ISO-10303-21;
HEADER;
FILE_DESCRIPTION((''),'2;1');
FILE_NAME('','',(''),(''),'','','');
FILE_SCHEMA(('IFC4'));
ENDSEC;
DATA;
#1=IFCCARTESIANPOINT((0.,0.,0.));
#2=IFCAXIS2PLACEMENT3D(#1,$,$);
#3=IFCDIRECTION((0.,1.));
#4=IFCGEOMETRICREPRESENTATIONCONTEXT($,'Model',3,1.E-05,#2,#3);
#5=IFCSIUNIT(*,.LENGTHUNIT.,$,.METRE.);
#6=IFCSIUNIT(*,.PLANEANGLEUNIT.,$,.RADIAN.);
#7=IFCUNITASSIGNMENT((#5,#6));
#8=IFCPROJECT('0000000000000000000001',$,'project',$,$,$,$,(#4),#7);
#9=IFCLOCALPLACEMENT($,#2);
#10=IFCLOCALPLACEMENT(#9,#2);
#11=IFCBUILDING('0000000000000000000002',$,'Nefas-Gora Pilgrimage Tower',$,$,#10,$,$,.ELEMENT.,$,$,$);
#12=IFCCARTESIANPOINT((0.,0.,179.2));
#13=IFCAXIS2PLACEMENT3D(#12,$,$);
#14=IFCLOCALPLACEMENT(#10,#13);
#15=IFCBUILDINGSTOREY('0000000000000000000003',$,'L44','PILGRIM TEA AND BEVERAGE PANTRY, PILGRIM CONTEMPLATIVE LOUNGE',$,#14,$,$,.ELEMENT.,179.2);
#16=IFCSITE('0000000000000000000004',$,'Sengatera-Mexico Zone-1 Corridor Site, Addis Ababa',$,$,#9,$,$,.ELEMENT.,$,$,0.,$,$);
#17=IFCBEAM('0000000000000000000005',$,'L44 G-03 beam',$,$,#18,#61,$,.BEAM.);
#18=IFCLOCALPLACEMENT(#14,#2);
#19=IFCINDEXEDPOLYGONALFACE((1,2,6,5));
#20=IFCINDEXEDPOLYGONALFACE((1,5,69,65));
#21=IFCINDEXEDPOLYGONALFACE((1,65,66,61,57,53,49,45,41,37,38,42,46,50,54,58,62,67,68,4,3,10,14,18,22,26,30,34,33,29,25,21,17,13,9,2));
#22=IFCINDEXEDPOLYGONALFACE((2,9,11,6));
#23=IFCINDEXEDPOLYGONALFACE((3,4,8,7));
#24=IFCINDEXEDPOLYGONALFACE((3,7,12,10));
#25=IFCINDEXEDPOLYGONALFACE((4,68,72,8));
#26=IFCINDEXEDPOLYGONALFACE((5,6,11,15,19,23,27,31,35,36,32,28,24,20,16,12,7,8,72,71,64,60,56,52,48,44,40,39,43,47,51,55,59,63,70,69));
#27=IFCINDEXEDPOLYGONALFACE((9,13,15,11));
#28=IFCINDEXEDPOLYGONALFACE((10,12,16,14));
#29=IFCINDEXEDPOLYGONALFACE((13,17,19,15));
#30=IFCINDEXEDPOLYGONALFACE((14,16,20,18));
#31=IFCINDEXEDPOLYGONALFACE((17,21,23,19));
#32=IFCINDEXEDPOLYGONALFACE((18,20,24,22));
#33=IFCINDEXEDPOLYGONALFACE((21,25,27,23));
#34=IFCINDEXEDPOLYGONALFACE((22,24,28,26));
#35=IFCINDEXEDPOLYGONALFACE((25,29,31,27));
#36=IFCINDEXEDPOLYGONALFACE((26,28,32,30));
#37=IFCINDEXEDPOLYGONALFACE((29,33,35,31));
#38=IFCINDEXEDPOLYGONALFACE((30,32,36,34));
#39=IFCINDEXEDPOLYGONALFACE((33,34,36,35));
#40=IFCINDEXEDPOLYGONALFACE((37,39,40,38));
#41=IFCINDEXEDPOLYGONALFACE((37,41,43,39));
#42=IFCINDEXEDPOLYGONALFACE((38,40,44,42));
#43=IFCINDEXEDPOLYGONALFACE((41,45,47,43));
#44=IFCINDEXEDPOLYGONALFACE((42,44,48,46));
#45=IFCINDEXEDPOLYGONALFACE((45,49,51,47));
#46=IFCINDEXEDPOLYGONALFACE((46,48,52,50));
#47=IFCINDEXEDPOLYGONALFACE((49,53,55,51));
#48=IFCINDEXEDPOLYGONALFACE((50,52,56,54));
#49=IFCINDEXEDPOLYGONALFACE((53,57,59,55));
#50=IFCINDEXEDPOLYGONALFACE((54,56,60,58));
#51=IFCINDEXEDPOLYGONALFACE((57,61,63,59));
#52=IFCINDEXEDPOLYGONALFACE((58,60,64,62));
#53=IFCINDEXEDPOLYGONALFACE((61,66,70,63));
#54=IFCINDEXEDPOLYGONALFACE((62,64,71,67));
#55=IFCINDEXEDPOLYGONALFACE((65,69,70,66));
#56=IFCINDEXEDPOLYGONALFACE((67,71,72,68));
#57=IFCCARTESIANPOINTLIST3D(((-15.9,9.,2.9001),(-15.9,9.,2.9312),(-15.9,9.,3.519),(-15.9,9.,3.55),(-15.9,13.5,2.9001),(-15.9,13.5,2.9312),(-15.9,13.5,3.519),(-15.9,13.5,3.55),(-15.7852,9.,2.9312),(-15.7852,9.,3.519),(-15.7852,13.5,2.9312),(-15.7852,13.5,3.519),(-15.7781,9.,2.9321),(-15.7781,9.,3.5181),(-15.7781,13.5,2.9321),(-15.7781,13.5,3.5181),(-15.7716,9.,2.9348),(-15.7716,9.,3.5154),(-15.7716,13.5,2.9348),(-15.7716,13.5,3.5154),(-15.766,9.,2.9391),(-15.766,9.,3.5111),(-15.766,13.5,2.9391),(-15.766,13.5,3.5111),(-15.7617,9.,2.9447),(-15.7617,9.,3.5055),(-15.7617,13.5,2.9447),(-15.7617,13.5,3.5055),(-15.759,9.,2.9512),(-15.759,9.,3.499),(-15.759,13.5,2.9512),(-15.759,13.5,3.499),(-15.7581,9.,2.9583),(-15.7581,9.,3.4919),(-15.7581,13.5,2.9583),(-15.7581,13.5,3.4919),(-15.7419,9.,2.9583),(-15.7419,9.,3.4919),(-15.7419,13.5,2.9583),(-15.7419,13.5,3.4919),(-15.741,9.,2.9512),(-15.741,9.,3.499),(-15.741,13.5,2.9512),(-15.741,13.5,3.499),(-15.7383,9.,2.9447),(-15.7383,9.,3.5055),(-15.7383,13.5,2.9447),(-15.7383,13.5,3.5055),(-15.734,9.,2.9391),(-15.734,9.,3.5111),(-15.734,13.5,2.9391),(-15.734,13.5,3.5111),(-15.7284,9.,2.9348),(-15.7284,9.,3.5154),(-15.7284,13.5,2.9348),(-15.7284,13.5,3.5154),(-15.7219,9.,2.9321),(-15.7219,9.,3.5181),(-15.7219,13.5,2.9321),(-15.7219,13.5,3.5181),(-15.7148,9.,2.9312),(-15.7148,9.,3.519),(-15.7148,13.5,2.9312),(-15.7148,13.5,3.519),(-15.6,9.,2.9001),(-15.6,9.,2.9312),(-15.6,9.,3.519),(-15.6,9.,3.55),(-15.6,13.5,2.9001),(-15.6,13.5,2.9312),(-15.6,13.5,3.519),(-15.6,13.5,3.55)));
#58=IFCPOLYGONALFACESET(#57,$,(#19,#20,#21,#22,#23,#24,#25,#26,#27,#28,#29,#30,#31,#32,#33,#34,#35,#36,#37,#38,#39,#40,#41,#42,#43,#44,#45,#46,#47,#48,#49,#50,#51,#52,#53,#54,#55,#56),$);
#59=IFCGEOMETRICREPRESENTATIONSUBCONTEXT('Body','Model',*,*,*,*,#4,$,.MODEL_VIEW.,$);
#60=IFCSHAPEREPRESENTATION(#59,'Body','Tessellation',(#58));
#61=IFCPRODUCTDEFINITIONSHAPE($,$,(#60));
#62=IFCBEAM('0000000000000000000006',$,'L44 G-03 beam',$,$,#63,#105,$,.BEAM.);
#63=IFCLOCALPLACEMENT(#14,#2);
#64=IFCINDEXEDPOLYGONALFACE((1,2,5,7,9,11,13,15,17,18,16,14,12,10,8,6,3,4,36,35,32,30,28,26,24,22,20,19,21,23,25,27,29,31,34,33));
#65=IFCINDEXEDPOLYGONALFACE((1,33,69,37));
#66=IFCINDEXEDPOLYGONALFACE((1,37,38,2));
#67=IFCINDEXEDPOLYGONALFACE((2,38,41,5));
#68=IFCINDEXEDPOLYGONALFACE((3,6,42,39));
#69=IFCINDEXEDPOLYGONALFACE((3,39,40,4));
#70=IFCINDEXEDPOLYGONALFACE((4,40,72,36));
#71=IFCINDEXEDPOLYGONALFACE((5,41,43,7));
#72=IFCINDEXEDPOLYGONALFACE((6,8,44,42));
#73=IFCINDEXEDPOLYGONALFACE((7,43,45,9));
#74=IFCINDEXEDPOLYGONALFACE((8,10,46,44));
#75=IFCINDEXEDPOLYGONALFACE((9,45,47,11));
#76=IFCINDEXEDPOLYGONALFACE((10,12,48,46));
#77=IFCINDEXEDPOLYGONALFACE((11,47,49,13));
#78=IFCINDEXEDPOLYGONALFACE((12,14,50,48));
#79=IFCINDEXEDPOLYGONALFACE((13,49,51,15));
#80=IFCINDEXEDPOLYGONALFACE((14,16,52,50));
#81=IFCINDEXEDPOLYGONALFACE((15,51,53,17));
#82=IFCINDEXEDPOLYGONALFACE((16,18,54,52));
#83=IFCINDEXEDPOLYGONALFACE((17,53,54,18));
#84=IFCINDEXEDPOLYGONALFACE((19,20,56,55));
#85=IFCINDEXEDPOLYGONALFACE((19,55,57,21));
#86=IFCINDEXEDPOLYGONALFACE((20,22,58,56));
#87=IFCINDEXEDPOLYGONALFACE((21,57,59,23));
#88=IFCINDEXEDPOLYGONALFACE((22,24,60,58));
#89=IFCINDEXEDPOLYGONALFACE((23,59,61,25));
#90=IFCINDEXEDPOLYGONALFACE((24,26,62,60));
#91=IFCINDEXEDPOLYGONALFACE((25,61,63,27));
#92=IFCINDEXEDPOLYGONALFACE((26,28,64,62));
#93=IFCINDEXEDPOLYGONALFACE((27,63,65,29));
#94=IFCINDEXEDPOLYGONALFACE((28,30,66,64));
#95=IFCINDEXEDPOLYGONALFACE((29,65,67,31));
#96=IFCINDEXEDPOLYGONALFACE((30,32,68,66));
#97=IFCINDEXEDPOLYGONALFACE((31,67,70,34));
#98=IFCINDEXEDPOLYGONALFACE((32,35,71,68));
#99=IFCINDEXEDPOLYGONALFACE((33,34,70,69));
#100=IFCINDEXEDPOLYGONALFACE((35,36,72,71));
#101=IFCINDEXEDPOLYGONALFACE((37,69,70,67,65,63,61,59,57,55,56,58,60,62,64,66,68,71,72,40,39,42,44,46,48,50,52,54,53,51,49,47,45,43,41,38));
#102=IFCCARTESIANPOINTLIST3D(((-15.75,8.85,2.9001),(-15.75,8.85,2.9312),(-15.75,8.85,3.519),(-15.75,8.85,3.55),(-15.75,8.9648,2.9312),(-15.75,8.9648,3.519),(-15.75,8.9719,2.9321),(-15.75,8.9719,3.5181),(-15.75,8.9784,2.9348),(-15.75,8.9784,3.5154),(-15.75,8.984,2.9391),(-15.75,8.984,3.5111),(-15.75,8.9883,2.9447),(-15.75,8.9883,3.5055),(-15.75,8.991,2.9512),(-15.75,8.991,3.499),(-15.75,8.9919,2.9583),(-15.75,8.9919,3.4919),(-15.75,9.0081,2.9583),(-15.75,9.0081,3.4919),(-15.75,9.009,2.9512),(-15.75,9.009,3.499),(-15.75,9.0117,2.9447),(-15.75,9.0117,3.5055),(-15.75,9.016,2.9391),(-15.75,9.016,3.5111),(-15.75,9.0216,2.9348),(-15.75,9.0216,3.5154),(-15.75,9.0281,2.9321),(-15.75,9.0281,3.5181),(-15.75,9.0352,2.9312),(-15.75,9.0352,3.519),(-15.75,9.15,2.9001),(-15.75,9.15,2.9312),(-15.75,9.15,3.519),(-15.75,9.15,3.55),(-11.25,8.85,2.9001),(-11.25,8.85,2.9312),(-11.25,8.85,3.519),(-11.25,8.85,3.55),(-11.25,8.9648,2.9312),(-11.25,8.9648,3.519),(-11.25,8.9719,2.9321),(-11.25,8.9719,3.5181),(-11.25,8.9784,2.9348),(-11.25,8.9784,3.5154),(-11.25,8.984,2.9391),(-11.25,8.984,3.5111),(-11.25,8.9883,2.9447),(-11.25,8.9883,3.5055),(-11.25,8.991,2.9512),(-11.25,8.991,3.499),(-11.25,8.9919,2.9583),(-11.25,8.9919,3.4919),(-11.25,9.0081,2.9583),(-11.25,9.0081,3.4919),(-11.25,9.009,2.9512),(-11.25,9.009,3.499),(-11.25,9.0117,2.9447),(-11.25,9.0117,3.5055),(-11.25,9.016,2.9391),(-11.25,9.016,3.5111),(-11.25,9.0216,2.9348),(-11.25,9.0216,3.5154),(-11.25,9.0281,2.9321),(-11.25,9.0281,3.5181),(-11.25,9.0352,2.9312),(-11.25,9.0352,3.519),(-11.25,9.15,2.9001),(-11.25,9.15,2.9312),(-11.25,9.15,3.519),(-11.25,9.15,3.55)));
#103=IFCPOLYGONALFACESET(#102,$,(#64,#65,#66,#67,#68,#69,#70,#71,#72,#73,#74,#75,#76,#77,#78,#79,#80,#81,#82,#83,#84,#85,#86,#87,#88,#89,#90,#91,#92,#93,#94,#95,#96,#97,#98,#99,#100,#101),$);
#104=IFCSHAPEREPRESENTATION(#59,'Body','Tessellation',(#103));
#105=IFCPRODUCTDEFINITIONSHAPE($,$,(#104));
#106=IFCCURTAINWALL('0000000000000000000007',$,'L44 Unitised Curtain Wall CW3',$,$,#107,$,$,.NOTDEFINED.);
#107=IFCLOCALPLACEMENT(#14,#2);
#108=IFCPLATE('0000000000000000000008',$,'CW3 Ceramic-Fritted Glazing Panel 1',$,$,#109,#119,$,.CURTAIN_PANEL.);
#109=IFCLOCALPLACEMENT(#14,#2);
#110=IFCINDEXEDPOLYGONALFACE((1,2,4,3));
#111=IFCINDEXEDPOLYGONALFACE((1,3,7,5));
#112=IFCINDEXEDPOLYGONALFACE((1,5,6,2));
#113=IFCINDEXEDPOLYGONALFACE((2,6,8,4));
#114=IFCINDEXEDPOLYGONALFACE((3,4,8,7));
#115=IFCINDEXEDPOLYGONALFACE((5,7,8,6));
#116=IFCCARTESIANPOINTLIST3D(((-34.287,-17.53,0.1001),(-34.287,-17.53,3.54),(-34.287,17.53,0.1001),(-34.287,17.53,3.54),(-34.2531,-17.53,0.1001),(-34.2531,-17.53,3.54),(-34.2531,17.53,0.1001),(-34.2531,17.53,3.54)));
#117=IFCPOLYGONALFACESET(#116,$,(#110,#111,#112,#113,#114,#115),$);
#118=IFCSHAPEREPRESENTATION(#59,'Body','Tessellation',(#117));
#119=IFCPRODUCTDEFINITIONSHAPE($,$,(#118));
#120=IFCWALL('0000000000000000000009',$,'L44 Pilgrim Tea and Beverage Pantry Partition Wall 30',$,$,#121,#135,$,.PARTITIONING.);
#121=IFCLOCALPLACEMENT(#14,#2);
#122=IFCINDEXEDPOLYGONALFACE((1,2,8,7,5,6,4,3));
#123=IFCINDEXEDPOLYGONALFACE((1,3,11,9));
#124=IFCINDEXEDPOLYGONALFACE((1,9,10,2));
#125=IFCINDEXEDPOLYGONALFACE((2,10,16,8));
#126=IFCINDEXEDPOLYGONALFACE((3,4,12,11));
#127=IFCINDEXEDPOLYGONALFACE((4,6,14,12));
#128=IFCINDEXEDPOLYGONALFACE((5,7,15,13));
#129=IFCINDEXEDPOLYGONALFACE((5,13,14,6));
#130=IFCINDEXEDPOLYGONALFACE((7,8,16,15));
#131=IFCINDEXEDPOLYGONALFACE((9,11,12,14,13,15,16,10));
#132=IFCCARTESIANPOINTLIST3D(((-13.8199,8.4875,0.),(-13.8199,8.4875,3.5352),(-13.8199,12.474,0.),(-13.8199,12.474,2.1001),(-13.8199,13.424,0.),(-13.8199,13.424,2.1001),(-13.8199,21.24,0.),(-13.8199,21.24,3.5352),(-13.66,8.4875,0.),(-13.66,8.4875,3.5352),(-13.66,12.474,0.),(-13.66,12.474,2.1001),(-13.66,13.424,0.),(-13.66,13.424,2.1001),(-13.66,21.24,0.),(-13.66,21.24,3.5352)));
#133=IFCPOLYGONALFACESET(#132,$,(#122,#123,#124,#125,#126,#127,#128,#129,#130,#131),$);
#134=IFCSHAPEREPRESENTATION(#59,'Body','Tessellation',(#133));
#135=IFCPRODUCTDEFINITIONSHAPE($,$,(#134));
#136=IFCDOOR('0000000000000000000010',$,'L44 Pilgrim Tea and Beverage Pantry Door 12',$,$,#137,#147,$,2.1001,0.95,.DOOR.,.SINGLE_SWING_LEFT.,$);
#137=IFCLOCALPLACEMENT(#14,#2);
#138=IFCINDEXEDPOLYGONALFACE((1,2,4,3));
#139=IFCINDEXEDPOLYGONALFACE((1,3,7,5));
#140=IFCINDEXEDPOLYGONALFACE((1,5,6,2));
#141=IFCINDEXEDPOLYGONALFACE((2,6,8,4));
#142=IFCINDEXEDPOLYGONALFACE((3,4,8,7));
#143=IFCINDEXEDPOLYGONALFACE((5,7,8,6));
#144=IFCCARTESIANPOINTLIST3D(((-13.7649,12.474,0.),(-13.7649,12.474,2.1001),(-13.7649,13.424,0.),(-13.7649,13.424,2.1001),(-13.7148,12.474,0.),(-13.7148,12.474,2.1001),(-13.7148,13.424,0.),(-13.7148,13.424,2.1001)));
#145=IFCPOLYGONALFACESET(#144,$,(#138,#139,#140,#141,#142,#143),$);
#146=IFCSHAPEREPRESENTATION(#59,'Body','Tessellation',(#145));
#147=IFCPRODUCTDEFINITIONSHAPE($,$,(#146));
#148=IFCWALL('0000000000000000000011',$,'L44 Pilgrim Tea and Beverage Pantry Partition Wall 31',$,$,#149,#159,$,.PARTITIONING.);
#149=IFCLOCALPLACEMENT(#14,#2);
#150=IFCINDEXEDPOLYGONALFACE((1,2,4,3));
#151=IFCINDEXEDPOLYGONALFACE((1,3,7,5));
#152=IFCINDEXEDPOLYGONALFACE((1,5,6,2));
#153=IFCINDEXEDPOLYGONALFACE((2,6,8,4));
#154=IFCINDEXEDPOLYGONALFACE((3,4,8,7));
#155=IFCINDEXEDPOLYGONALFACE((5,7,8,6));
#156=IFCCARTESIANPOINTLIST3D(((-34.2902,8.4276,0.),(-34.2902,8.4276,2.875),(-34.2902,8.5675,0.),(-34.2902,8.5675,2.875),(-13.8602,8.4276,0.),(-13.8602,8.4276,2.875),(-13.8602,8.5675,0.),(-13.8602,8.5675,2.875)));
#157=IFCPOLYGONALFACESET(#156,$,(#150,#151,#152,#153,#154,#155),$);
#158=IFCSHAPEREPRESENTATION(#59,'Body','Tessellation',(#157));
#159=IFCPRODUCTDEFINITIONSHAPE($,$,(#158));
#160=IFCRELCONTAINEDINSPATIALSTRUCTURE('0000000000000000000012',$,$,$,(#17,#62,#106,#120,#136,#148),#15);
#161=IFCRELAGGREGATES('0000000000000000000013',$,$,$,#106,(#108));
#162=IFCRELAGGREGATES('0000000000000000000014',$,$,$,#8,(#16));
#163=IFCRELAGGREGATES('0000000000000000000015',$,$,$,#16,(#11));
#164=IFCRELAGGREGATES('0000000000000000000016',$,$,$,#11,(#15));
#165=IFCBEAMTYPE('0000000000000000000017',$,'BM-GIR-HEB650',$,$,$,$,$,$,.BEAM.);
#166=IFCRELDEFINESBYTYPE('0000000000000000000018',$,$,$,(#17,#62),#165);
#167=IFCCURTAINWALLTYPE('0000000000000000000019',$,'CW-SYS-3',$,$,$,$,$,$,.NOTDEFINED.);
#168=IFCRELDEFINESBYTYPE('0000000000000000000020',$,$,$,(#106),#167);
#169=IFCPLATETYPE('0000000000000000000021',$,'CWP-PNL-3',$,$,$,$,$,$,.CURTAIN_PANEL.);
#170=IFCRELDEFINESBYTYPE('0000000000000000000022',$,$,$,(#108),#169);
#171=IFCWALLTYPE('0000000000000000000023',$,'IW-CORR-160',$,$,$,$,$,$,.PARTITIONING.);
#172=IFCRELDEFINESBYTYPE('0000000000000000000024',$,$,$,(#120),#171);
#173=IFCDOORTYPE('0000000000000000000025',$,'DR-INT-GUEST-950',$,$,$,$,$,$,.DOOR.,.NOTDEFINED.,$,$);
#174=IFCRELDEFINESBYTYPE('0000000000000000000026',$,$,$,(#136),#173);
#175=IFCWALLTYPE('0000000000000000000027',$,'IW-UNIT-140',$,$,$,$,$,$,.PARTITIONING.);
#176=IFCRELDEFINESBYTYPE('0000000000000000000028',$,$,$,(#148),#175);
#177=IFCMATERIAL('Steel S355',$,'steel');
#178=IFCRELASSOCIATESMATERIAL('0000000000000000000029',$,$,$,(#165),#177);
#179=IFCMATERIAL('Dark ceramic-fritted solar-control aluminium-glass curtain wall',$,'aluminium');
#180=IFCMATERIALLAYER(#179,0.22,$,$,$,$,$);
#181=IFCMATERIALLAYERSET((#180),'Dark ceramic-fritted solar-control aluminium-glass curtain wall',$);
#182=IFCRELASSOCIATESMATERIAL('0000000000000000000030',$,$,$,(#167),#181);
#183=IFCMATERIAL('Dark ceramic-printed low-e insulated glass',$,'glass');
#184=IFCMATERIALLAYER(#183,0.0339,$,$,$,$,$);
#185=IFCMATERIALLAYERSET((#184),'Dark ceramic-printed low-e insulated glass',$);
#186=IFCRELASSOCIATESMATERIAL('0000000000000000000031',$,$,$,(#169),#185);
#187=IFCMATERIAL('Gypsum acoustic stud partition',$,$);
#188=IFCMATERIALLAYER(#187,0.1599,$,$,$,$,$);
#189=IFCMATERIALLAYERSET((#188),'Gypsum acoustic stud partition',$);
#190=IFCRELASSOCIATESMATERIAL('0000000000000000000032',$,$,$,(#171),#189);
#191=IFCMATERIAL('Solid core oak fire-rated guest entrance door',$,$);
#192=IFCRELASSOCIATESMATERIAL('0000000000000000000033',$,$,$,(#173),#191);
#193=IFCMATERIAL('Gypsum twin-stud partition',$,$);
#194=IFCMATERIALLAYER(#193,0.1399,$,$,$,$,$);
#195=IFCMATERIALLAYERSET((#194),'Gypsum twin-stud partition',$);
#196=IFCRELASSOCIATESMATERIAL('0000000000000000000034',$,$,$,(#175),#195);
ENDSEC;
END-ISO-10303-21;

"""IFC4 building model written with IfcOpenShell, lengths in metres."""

from ifc_helpers import new_model, si_unit, direction, frame, frame_2d, origin, origin_2d, place, context, subcontext, project, spatial, rectangle, i_section, extrude, source, transform, mapped, material, layer, layer_set, material_profile, profile_set, type_object, element, fill, aggregate, save


model = new_model("IFC4")

# Units and contexts
model_context = context("Model", 3, precision=1e-05, world=origin(), true_north=direction((0.0, 1.0)))
body_context = subcontext(model_context, "Body", "Model", "MODEL_VIEW")
ifc_project = project(units=[si_unit("LENGTHUNIT", "METRE"), si_unit("PLANEANGLEUNIT", "RADIAN")], contexts=[model_context])

# Site, building, storey
site_placement = place(None, origin())
site = spatial("IfcSite", under=ifc_project, at=site_placement, Name="Sengatera-Mexico Zone-1 Corridor Site, Addis Ababa", CompositionType="ELEMENT", RefElevation=0.0)
building_placement = place(site_placement, origin())
building = spatial("IfcBuilding", under=site, at=building_placement, Name="Nefas-Gora Pilgrimage Tower", CompositionType="ELEMENT")
storey_placement = place(building_placement, frame((0.0, 0.0, 179.2)))
storey = spatial("IfcBuildingStorey", under=building, at=storey_placement, Name="L44", Description="PILGRIM TEA AND BEVERAGE PANTRY, PILGRIM CONTEMPLATIVE LOUNGE", CompositionType="ELEMENT", Elevation=179.2)

# Beams
ifc_material_1 = material(Name="Steel S355", Category="steel")
ifc_material_profile_1 = material_profile(ifc_material_1, i_section(OverallWidth=0.3, OverallDepth=0.6499, WebThickness=0.0161, FlangeThickness=0.031, FilletRadius=0.0271, at=origin_2d()), Name="HEB 650")
ifc_profile_set_1 = profile_set([ifc_material_profile_1], Name="Steel S355")
beam_type_1 = type_object("IfcBeamType", Name="BM-GIR-HEB650", PredefinedType="BEAM", material=ifc_profile_set_1)
shared_shape_1 = source(origin(), body_context, "Body", "SweptSolid", [
    extrude(i_section(OverallWidth=0.3, OverallDepth=0.6499, WebThickness=0.0161, FlangeThickness=0.031, FilletRadius=0.0271, at=origin_2d()), origin(), (0.0, 0.0, 1.0), 4.5),
])
for number, where, z_axis, x_axis, name in (
    (1, (-15.75, 9.0, 3.2251), (0.0, 1.0, 0.0), (-1.0, 0.0, 0.0), "L44 G-03 beam"),
    (2, (-15.75, 9.0, 3.2251), (1.0, 0.0, 0.0), (0.0, 1.0, 0.0), "L44 G-03 beam"),
):
    element("IfcBeam", number, at=place(storey_placement, frame(where, z_axis=z_axis, x_axis=x_axis)), inside=storey, type_object=beam_type_1, Name=name, PredefinedType="BEAM", context=body_context, shape_type="MappedRepresentation", body=[
        mapped(shared_shape_1, transform((0.0, 0.0, 0.0), x_axis=(1.0, 0.0, 0.0), y_axis=(0.0, 1.0, 0.0), z_axis=(0.0, 0.0, 1.0), scale=1.0)),
    ])

# Curtain wall, plate
ifc_material_2 = material(Name="Dark ceramic-fritted solar-control aluminium-glass curtain wall", Category="aluminium")
ifc_layer_1 = layer(ifc_material_2, 0.22)
ifc_layer_set_1 = layer_set([ifc_layer_1], Name="Dark ceramic-fritted solar-control aluminium-glass curtain wall")
curtain_wall_type = type_object("IfcCurtainWallType", Name="CW-SYS-3", PredefinedType="NOTDEFINED", material=ifc_layer_set_1)
curtain_wall_placement = place(storey_placement, origin())
curtain_wall = element("IfcCurtainWall", 3, at=curtain_wall_placement, inside=storey, type_object=curtain_wall_type, Name="L44 Unitised Curtain Wall CW3", PredefinedType="NOTDEFINED")
ifc_material_3 = material(Name="Dark ceramic-printed low-e insulated glass", Category="glass")
ifc_layer_2 = layer(ifc_material_3, 0.0339)
ifc_layer_set_2 = layer_set([ifc_layer_2], Name="Dark ceramic-printed low-e insulated glass")
plate_type = type_object("IfcPlateType", Name="CWP-PNL-3", PredefinedType="CURTAIN_PANEL", material=ifc_layer_set_2)
shared_shape_2 = source(origin(), body_context, "Body", "SweptSolid", [
    extrude(rectangle(XDim=35.0601, YDim=0.0339, at=origin_2d()), origin(), (0.0, 0.0, 1.0), 3.4399),
])
plate_placement = place(storey_placement, frame((-34.27, 0.0, 0.1001), z_axis=(0.0, 0.0, 1.0), x_axis=(0.0, -1.0, 0.0)))
plate = element("IfcPlate", 4, at=plate_placement, type_object=plate_type, Name="CW3 Ceramic-Fritted Glazing Panel 1", PredefinedType="CURTAIN_PANEL", context=body_context, shape_type="MappedRepresentation", body=[
    mapped(shared_shape_2, transform((0.0, 0.0, 0.0), x_axis=(1.0, 0.0, 0.0), y_axis=(0.0, 1.0, 0.0), z_axis=(0.0, 0.0, 1.0), scale=1.0)),
])
aggregate(curtain_wall, [plate])

# Wall, opening, door
ifc_material_4 = material(Name="Gypsum acoustic stud partition")
ifc_layer_3 = layer(ifc_material_4, 0.1599)
ifc_layer_set_3 = layer_set([ifc_layer_3], Name="Gypsum acoustic stud partition")
wall_type_1 = type_object("IfcWallType", Name="IW-CORR-160", PredefinedType="PARTITIONING", material=ifc_layer_set_3)
shared_shape_3 = source(origin(), body_context, "Body", "SweptSolid", [
    extrude(rectangle(XDim=12.7524, YDim=0.1599, at=frame_2d((6.3762, 0.0))), origin(), (0.0, 0.0, 1.0), 3.5352),
])
wall_1_placement = place(storey_placement, frame((-13.74, 8.4875, 0.0), z_axis=(0.0, 0.0, 1.0), x_axis=(0.0, 1.0, 0.0)))
wall_1 = element("IfcWall", 5, at=wall_1_placement, inside=storey, type_object=wall_type_1, Name="L44 Pilgrim Tea and Beverage Pantry Partition Wall 30", PredefinedType="PARTITIONING", context=body_context, shape_type="MappedRepresentation", body=[
    mapped(shared_shape_3, transform((0.0, 0.0, 0.0), x_axis=(1.0, 0.0, 0.0), y_axis=(0.0, 1.0, 0.0), z_axis=(0.0, 0.0, 1.0), scale=1.0)),
])
opening_placement = place(wall_1_placement, frame((3.9863, 0.0, 0.0)))
opening = element("IfcOpeningElement", 6, at=opening_placement, cuts=wall_1, PredefinedType="OPENING", context=body_context, shape_type="SweptSolid", body=[
    extrude(rectangle(XDim=0.95, YDim=2.1001, at=frame_2d((0.4751, 1.05))), frame((0.0, 0.0898, 0.0), z_axis=(0.0, -1.0, 0.0), x_axis=(1.0, 0.0, 0.0)), (0.0, 0.0, 1.0), 0.1799),
])
ifc_material_5 = material(Name="Solid core oak fire-rated guest entrance door")
door_type = type_object("IfcDoorType", Name="DR-INT-GUEST-950", OperationType="NOTDEFINED", PredefinedType="DOOR", material=ifc_material_5)
shared_shape_4 = source(origin(), body_context, "Body", "SweptSolid", [
    extrude(rectangle(XDim=0.95, YDim=2.1001, at=frame_2d((0.4751, 1.05))), frame((0.0, 0.0249, 0.0), z_axis=(0.0, -1.0, 0.0), x_axis=(1.0, 0.0, 0.0)), (0.0, 0.0, 1.0), 0.05),
])
door_placement = place(opening_placement, origin())
door = element("IfcDoor", 7, at=door_placement, inside=storey, type_object=door_type, Name="L44 Pilgrim Tea and Beverage Pantry Door 12", OperationType="SINGLE_SWING_LEFT", OverallHeight=2.1001, OverallWidth=0.95, PredefinedType="DOOR", context=body_context, shape_type="MappedRepresentation", body=[
    mapped(shared_shape_4, transform((0.0, 0.0, 0.0), x_axis=(1.0, 0.0, 0.0), y_axis=(0.0, 1.0, 0.0), z_axis=(0.0, 0.0, 1.0), scale=1.0)),
])
fill(opening, door)

# Wall
ifc_material_6 = material(Name="Gypsum twin-stud partition")
ifc_layer_4 = layer(ifc_material_6, 0.1399)
ifc_layer_set_4 = layer_set([ifc_layer_4], Name="Gypsum twin-stud partition")
wall_type_2 = type_object("IfcWallType", Name="IW-UNIT-140", PredefinedType="PARTITIONING", material=ifc_layer_set_4)
shared_shape_5 = source(origin(), body_context, "Body", "SweptSolid", [
    extrude(rectangle(XDim=20.4299, YDim=0.1399, at=frame_2d((10.2148, 0.0))), origin(), (0.0, 0.0, 1.0), 2.875),
])
wall_2_placement = place(storey_placement, frame((-34.29, 8.4976, 0.0), z_axis=(0.0, 0.0, 1.0), x_axis=(1.0, 0.0, 0.0)))
element("IfcWall", 8, at=wall_2_placement, inside=storey, type_object=wall_type_2, Name="L44 Pilgrim Tea and Beverage Pantry Partition Wall 31", PredefinedType="PARTITIONING", context=body_context, shape_type="MappedRepresentation", body=[
    mapped(shared_shape_5, transform((0.0, 0.0, 0.0), x_axis=(1.0, 0.0, 0.0), y_axis=(0.0, 1.0, 0.0), z_axis=(0.0, 0.0, 1.0), scale=1.0)),
])

save(model, "model.ifc")
